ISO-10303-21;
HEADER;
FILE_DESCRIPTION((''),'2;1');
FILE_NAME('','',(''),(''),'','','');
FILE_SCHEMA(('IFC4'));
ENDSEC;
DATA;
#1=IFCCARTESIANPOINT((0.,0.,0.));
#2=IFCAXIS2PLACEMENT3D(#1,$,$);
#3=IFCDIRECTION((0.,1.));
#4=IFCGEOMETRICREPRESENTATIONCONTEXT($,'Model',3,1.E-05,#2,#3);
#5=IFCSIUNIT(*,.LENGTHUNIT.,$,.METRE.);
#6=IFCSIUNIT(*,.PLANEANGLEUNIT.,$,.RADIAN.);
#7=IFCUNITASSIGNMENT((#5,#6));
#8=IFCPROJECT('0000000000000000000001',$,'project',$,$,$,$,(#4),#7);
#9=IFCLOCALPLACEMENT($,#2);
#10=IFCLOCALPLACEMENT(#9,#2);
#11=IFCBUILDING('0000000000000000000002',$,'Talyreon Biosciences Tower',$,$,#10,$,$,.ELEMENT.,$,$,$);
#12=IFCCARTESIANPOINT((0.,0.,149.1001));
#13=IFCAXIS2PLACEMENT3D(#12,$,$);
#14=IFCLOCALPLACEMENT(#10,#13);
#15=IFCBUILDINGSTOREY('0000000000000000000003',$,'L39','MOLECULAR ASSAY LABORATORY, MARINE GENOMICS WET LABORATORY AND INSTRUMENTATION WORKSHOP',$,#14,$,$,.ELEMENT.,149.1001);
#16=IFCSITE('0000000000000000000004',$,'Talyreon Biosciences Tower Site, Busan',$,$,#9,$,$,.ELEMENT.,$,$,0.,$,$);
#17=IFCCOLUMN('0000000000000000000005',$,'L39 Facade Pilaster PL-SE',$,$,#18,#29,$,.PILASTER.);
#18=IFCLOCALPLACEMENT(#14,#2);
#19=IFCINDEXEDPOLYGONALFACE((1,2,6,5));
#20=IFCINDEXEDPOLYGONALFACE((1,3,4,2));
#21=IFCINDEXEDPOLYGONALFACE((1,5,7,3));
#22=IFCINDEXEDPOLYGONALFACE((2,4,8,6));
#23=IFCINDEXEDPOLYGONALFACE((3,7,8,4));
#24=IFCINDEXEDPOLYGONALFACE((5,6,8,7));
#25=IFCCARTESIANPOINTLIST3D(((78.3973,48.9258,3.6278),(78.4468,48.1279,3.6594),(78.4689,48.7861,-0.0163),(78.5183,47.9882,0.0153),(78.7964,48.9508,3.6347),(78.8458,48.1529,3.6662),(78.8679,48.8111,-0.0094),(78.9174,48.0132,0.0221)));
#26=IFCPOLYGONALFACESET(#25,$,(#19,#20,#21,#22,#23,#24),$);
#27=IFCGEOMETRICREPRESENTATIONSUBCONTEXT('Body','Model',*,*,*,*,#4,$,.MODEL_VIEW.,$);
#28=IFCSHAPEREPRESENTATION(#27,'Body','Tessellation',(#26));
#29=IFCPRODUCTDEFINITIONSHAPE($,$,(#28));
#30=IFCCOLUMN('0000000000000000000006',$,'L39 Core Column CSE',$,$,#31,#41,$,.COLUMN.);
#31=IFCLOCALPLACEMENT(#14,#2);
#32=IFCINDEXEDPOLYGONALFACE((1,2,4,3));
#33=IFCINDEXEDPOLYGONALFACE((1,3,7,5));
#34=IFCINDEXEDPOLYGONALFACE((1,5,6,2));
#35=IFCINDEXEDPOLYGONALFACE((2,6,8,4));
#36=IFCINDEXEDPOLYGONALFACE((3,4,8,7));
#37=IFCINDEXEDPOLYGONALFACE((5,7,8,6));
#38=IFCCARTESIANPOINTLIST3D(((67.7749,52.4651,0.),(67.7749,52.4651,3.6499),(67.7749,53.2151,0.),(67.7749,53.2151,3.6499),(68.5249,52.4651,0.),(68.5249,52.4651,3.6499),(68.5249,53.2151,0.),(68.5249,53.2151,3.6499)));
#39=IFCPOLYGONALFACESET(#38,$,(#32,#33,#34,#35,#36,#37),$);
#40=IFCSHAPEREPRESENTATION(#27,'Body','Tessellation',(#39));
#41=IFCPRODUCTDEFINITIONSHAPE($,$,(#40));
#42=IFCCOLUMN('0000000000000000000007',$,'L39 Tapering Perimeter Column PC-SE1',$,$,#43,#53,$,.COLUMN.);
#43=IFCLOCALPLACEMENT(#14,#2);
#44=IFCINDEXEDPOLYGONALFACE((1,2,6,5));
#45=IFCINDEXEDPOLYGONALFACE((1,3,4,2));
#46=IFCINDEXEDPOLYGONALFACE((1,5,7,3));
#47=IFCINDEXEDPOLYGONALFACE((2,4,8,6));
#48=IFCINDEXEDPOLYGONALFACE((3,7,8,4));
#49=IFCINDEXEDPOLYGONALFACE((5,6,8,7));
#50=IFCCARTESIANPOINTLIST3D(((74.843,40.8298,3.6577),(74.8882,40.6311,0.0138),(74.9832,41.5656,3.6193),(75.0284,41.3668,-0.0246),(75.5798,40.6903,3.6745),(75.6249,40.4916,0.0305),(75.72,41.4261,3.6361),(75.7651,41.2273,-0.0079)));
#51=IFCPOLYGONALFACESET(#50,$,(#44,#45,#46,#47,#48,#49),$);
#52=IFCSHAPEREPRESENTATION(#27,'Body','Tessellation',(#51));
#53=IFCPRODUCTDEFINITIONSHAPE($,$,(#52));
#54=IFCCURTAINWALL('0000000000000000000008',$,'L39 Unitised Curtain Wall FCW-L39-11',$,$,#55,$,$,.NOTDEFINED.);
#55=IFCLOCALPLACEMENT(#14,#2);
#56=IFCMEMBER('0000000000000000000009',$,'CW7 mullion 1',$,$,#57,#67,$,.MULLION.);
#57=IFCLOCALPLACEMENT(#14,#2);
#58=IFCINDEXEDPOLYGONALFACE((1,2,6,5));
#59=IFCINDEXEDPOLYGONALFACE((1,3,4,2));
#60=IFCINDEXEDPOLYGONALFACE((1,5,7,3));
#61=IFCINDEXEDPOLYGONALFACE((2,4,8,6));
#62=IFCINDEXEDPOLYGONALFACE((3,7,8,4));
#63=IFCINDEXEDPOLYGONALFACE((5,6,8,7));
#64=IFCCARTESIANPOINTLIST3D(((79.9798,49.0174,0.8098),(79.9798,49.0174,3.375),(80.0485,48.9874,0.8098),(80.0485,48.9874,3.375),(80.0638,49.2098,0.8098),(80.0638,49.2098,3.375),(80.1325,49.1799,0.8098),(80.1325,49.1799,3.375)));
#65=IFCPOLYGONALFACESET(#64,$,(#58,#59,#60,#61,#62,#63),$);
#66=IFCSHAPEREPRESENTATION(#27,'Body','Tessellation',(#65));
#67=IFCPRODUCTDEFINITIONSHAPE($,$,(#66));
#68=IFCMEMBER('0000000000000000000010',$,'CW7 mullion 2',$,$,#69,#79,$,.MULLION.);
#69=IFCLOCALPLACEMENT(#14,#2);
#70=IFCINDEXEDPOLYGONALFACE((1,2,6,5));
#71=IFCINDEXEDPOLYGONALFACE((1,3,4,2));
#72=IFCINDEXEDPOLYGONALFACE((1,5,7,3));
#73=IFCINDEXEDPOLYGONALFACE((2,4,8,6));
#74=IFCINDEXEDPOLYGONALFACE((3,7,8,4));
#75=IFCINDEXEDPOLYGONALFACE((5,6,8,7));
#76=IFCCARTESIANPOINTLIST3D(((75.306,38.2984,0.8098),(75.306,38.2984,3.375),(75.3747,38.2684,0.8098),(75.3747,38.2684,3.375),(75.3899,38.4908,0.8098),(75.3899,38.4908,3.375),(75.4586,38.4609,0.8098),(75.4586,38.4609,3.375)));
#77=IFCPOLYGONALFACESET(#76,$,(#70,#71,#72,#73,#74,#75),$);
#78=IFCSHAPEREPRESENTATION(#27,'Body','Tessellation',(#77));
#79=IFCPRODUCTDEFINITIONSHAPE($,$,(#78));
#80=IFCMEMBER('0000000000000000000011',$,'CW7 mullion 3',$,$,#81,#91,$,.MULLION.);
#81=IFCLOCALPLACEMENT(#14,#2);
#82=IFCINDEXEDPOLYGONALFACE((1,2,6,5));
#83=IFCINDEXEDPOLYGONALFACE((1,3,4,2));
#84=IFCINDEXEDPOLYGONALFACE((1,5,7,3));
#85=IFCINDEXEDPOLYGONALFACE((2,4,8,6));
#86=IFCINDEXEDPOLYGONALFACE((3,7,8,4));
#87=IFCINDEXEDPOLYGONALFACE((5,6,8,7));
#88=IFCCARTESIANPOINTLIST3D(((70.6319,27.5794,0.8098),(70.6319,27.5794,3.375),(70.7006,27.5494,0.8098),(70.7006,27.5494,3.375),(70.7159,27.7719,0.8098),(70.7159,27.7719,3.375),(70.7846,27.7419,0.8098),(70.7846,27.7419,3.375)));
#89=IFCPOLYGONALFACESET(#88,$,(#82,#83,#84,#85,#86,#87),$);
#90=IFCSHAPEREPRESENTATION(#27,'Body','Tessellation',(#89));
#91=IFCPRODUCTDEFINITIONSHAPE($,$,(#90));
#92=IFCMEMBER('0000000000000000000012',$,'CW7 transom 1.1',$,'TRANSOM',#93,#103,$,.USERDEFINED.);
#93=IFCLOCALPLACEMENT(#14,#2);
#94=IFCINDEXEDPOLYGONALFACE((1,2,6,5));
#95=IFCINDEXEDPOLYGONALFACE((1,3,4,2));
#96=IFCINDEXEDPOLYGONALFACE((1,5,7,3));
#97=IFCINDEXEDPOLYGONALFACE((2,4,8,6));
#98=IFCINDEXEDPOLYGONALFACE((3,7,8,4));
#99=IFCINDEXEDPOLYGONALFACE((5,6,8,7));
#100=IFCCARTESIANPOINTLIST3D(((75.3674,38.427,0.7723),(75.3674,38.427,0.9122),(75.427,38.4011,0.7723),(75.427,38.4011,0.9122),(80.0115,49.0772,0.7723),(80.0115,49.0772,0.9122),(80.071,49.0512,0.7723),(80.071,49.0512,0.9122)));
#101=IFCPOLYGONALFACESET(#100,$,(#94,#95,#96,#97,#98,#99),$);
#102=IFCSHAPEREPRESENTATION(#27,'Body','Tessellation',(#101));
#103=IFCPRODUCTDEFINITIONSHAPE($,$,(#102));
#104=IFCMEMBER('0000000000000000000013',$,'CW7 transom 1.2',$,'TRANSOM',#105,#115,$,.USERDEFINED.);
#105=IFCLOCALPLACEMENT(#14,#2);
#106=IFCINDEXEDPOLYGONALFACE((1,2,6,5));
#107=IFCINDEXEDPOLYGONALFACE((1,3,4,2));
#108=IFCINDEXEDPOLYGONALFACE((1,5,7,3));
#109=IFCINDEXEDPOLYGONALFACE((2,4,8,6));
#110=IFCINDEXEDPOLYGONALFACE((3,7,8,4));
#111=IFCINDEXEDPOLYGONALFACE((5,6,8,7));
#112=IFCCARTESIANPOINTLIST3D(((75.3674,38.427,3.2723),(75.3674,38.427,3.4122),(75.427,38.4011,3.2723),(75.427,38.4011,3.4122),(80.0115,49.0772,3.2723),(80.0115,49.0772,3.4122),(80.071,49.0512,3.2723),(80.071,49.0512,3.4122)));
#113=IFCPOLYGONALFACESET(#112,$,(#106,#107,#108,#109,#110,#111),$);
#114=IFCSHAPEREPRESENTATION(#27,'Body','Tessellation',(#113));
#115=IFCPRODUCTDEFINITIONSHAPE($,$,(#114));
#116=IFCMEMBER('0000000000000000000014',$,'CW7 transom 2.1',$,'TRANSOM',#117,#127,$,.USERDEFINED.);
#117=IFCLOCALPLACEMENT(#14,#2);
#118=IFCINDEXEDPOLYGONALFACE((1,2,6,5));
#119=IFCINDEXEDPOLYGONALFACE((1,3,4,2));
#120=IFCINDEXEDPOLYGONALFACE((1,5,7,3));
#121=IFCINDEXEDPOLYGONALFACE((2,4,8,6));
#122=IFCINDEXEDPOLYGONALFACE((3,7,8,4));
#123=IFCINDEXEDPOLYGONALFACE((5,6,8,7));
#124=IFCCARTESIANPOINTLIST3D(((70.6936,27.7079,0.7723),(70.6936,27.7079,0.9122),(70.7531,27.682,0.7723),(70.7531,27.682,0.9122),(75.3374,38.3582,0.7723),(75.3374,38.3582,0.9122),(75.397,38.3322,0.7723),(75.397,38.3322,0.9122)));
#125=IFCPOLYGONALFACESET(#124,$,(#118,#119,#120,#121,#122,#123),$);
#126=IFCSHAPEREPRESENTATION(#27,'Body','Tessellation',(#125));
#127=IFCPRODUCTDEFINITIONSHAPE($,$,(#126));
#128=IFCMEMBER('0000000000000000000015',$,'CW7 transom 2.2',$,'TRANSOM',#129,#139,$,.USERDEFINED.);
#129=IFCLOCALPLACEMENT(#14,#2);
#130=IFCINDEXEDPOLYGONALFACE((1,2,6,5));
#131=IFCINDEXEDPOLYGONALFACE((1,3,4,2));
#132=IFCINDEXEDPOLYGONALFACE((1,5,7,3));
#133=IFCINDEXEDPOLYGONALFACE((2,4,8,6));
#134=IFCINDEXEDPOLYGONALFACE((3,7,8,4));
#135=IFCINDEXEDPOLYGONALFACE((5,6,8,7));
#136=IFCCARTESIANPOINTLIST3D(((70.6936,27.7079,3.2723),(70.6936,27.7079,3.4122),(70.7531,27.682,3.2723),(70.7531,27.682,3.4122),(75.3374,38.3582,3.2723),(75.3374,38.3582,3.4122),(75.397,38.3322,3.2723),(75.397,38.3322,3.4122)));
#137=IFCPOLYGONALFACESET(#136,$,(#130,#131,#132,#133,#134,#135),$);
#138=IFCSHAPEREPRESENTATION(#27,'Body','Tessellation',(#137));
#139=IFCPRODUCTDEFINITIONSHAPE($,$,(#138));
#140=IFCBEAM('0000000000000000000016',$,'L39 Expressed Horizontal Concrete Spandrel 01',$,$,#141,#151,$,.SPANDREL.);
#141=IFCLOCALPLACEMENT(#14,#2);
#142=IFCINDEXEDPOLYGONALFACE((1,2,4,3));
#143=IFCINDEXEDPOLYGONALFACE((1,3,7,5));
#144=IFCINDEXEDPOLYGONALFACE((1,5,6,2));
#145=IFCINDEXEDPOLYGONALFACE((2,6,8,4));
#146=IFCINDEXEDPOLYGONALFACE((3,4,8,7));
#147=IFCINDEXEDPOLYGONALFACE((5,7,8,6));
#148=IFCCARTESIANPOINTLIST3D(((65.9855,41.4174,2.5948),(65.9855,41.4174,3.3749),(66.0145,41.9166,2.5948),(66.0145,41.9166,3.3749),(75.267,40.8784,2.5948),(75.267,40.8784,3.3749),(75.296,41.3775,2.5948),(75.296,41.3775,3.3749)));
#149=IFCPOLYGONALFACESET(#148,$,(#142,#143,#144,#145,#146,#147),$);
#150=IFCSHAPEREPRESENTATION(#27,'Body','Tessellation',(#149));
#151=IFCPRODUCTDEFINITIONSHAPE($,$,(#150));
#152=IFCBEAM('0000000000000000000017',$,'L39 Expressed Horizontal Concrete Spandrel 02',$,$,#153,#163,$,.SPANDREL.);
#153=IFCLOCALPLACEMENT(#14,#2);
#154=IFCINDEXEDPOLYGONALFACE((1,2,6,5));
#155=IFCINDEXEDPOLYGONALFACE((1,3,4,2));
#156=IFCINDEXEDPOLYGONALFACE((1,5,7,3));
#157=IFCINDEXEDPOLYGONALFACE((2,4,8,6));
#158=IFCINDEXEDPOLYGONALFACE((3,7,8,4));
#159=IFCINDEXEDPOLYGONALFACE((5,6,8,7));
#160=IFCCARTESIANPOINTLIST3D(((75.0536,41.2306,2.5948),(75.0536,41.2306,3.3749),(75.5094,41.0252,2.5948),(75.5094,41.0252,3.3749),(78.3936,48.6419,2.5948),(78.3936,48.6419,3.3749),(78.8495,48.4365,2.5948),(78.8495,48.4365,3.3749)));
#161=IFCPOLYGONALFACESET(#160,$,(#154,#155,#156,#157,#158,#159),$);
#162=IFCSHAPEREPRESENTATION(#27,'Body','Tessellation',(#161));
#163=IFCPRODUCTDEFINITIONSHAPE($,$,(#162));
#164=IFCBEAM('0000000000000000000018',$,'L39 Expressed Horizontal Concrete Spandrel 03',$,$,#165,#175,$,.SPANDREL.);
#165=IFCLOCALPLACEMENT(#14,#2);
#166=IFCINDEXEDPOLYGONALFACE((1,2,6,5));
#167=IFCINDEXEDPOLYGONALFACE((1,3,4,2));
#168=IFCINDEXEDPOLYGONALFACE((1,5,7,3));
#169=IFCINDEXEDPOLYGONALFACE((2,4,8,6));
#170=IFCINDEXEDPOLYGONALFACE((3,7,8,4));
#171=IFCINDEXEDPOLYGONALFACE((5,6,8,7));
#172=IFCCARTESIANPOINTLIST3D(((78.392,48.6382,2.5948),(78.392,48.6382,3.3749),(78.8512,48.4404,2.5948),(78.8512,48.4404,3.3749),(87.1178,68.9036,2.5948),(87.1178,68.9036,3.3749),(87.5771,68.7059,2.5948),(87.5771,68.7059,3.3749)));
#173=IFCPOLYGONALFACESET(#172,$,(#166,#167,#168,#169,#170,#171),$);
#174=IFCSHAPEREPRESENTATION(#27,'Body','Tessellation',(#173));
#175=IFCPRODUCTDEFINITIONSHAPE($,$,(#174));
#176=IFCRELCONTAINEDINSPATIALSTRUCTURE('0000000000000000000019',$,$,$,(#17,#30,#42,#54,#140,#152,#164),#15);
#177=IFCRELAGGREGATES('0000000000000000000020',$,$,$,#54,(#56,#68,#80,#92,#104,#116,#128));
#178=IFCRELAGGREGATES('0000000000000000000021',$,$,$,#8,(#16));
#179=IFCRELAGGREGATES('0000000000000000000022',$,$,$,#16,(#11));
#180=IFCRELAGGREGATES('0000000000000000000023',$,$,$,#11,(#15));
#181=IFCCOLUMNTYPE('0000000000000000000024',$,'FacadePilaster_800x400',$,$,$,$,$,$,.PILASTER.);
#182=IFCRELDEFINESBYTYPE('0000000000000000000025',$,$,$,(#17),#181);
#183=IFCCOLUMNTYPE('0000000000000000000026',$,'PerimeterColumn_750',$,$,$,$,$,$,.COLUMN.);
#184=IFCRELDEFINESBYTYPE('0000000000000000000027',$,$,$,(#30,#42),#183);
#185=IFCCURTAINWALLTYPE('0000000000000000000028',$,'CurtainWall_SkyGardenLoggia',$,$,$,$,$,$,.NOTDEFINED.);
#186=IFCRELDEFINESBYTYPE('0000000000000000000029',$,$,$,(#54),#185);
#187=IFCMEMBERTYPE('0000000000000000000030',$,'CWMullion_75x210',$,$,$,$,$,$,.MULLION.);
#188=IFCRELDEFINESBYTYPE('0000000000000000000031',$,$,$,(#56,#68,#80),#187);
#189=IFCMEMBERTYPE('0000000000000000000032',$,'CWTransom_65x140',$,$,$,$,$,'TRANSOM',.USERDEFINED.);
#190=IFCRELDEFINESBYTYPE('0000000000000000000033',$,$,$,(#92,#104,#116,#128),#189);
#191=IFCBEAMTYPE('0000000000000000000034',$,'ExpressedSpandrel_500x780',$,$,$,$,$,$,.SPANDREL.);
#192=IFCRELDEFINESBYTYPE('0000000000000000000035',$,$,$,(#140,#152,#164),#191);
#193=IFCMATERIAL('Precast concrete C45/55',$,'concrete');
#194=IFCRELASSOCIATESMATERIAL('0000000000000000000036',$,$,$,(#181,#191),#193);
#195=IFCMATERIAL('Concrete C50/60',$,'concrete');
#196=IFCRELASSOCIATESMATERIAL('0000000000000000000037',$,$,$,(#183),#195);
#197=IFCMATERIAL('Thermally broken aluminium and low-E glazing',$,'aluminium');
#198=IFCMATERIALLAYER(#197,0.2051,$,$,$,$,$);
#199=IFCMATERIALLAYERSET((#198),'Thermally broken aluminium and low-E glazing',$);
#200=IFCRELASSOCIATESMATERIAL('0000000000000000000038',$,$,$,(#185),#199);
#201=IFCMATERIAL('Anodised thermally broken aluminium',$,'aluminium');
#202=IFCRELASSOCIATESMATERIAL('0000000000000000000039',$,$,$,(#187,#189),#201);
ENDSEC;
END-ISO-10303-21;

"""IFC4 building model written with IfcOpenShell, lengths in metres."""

from ifc_helpers import new_model, si_unit, direction, frame, origin, origin_2d, place, context, subcontext, project, spatial, rectangle, extrude, material, layer, layer_set, material_profile, profile_set, type_object, element, aggregate, save


model = new_model("IFC4")

# Units and contexts
model_context = context("Model", 3, precision=1e-05, world=origin(), true_north=direction((0.0, 1.0)))
body_context = subcontext(model_context, "Body", "Model", "MODEL_VIEW")
ifc_project = project(units=[si_unit("LENGTHUNIT", "METRE"), si_unit("PLANEANGLEUNIT", "RADIAN")], contexts=[model_context])

# Site, building, storey
site_placement = place(None, origin())
site = spatial("IfcSite", under=ifc_project, at=site_placement, Name="Talyreon Biosciences Tower Site, Busan", CompositionType="ELEMENT", RefElevation=0.0)
building_placement = place(site_placement, origin())
building = spatial("IfcBuilding", under=site, at=building_placement, Name="Talyreon Biosciences Tower", CompositionType="ELEMENT")
storey_placement = place(building_placement, frame((0.0, 0.0, 149.1001)))
storey = spatial("IfcBuildingStorey", under=building, at=storey_placement, Name="L39", Description="MOLECULAR ASSAY LABORATORY, MARINE GENOMICS WET LABORATORY AND INSTRUMENTATION WORKSHOP", CompositionType="ELEMENT", Elevation=149.1001)

# Columns
ifc_material_1 = material(Name="Precast concrete C45/55", Category="concrete")
ifc_material_profile_1 = material_profile(ifc_material_1, rectangle(XDim=0.8, YDim=0.3999, at=origin_2d()), Name="RC 800x400")
ifc_profile_set_1 = profile_set([ifc_material_profile_1], Name="Precast concrete C45/55")
column_type_1 = type_object("IfcColumnType", Name="FacadePilaster_800x400", PredefinedType="PILASTER", material=ifc_profile_set_1)
column_1_placement = place(storey_placement, frame((78.6931, 48.3997, 0.0029), z_axis=(-0.019612, 0.038287, 0.999074), x_axis=(0.061781, -0.997311, 0.039432)))
element("IfcColumn", 1, at=column_1_placement, inside=storey, type_object=column_type_1, Name="L39 Facade Pilaster PL-SE", PredefinedType="PILASTER", context=body_context, shape_type="SweptSolid", body=[
    extrude(rectangle(XDim=0.8, YDim=0.3999, at=origin_2d()), origin(), (0.0, 0.0, 1.0), 3.6475),
])
ifc_material_2 = material(Name="Concrete C50/60", Category="concrete")
ifc_material_profile_2 = material_profile(ifc_material_2, rectangle(XDim=0.75, YDim=0.75, at=origin_2d()), Name="RC 750x750")
ifc_profile_set_2 = profile_set([ifc_material_profile_2], Name="Concrete C50/60")
column_type_2 = type_object("IfcColumnType", Name="PerimeterColumn_750", PredefinedType="COLUMN", material=ifc_profile_set_2)
column_2_placement = place(storey_placement, frame((68.1499, 52.8401, 0.0), z_axis=(0.0, 0.0, 1.0), x_axis=(1.0, 0.0, 0.0)))
element("IfcColumn", 2, at=column_2_placement, inside=storey, type_object=column_type_2, Name="L39 Core Column CSE", PredefinedType="COLUMN", context=body_context, shape_type="SweptSolid", body=[
    extrude(rectangle(XDim=0.75, YDim=0.75, at=origin_2d()), origin(), (0.0, 0.0, 1.0), 3.6499),
])
column_3_placement = place(storey_placement, frame((75.3267, 40.9292, 0.0029), z_axis=(-0.012375, 0.054451, 0.99844), x_axis=(-0.186922, -0.98104, 0.051185)))
element("IfcColumn", 3, at=column_3_placement, inside=storey, type_object=column_type_2, Name="L39 Tapering Perimeter Column PC-SE1", PredefinedType="COLUMN", context=body_context, shape_type="SweptSolid", body=[
    extrude(rectangle(XDim=0.75, YDim=0.75, at=origin_2d()), origin(), (0.0, 0.0, 1.0), 3.6497),
])

# Curtain wall, members
ifc_material_3 = material(Name="Thermally broken aluminium and low-E glazing", Category="aluminium")
ifc_layer_1 = layer(ifc_material_3, 0.2051)
ifc_layer_set_1 = layer_set([ifc_layer_1], Name="Thermally broken aluminium and low-E glazing")
curtain_wall_type = type_object("IfcCurtainWallType", Name="CurtainWall_SkyGardenLoggia", PredefinedType="NOTDEFINED", material=ifc_layer_set_1)
curtain_wall_placement = place(storey_placement, origin())
curtain_wall = element("IfcCurtainWall", 4, at=curtain_wall_placement, inside=storey, type_object=curtain_wall_type, Name="L39 Unitised Curtain Wall FCW-L39-11", PredefinedType="NOTDEFINED")
ifc_material_4 = material(Name="Anodised thermally broken aluminium", Category="aluminium")
ifc_material_profile_3 = material_profile(ifc_material_4, rectangle(XDim=0.075, YDim=0.21, at=origin_2d()), Name="ALUM MULLION 75x210")
ifc_profile_set_3 = profile_set([ifc_material_profile_3], Name="Anodised thermally broken aluminium")
member_type_1 = type_object("IfcMemberType", Name="CWMullion_75x210", PredefinedType="MULLION", material=ifc_profile_set_3)
member_1_placement = place(storey_placement, frame((80.0562, 49.0986, 0.8098), z_axis=(0.0, 0.0, 1.0), x_axis=(0.916647, -0.399698, 0.0)))
member_1 = element("IfcMember", 5, at=member_1_placement, type_object=member_type_1, Name="CW7 mullion 1", PredefinedType="MULLION", context=body_context, shape_type="SweptSolid", body=[
    extrude(rectangle(XDim=0.075, YDim=0.21, at=origin_2d()), origin(), (0.0, 0.0, 1.0), 2.5652),
])
member_2_placement = place(storey_placement, frame((75.3823, 38.3796, 0.8098), z_axis=(0.0, 0.0, 1.0), x_axis=(0.916647, -0.399698, 0.0)))
member_2 = element("IfcMember", 6, at=member_2_placement, type_object=member_type_1, Name="CW7 mullion 2", PredefinedType="MULLION", context=body_context, shape_type="SweptSolid", body=[
    extrude(rectangle(XDim=0.075, YDim=0.21, at=origin_2d()), origin(), (0.0, 0.0, 1.0), 2.5652),
])
member_3_placement = place(storey_placement, frame((70.7083, 27.6606, 0.8098), z_axis=(0.0, 0.0, 1.0), x_axis=(0.916647, -0.399698, 0.0)))
member_3 = element("IfcMember", 7, at=member_3_placement, type_object=member_type_1, Name="CW7 mullion 3", PredefinedType="MULLION", context=body_context, shape_type="SweptSolid", body=[
    extrude(rectangle(XDim=0.075, YDim=0.21, at=origin_2d()), origin(), (0.0, 0.0, 1.0), 2.5652),
])
ifc_material_profile_4 = material_profile(ifc_material_4, rectangle(XDim=0.0649, YDim=0.1399, at=origin_2d()), Name="ALUM TRANSOM 65x140")
ifc_profile_set_4 = profile_set([ifc_material_profile_4], Name="Anodised thermally broken aluminium")
member_type_2 = type_object("IfcMemberType", Name="CWTransom_65x140", ElementType="TRANSOM", PredefinedType="USERDEFINED", material=ifc_profile_set_4)
member_4_placement = place(storey_placement, frame((80.0413, 49.0642, 0.8423), z_axis=(-0.399706, -0.916643, 0.0), x_axis=(0.916643, -0.399706, 0.0)))
member_4 = element("IfcMember", 8, at=member_4_placement, type_object=member_type_2, Name="CW7 transom 1.1", ObjectType="TRANSOM", PredefinedType="USERDEFINED", context=body_context, shape_type="SweptSolid", body=[
    extrude(rectangle(XDim=0.0649, YDim=0.1399, at=origin_2d()), origin(), (0.0, 0.0, 1.0), 11.6187),
])
member_5_placement = place(storey_placement, frame((80.0413, 49.0642, 3.3423), z_axis=(-0.399706, -0.916643, 0.0), x_axis=(0.916643, -0.399706, 0.0)))
member_5 = element("IfcMember", 9, at=member_5_placement, type_object=member_type_2, Name="CW7 transom 1.2", ObjectType="TRANSOM", PredefinedType="USERDEFINED", context=body_context, shape_type="SweptSolid", body=[
    extrude(rectangle(XDim=0.0649, YDim=0.1399, at=origin_2d()), origin(), (0.0, 0.0, 1.0), 11.6187),
])
member_6_placement = place(storey_placement, frame((75.3672, 38.3452, 0.8423), z_axis=(-0.399689, -0.916651, 0.0), x_axis=(0.916651, -0.399689, 0.0)))
member_6 = element("IfcMember", 10, at=member_6_placement, type_object=member_type_2, Name="CW7 transom 2.1", ObjectType="TRANSOM", PredefinedType="USERDEFINED", context=body_context, shape_type="SweptSolid", body=[
    extrude(rectangle(XDim=0.0649, YDim=0.1399, at=origin_2d()), origin(), (0.0, 0.0, 1.0), 11.6187),
])
member_7_placement = place(storey_placement, frame((75.3672, 38.3452, 3.3423), z_axis=(-0.399689, -0.916651, 0.0), x_axis=(0.916651, -0.399689, 0.0)))
member_7 = element("IfcMember", 11, at=member_7_placement, type_object=member_type_2, Name="CW7 transom 2.2", ObjectType="TRANSOM", PredefinedType="USERDEFINED", context=body_context, shape_type="SweptSolid", body=[
    extrude(rectangle(XDim=0.0649, YDim=0.1399, at=origin_2d()), origin(), (0.0, 0.0, 1.0), 11.6187),
])

# Beams
ifc_material_profile_5 = material_profile(ifc_material_1, rectangle(XDim=0.5, YDim=0.78, at=origin_2d()), Name="RCB 500x780")
ifc_profile_set_5 = profile_set([ifc_material_profile_5], Name="Precast concrete C45/55")
beam_type_1 = type_object("IfcBeamType", Name="ExpressedSpandrel_500x780", PredefinedType="SPANDREL", material=ifc_profile_set_5)
beam_1_placement = place(storey_placement, frame((66.0, 41.667, 2.9849), z_axis=(0.998318, -0.057982, 0.0), x_axis=(0.057982, 0.998318, 0.0)))
element("IfcBeam", 12, at=beam_1_placement, inside=storey, type_object=beam_type_1, Name="L39 Expressed Horizontal Concrete Spandrel 01", PredefinedType="SPANDREL", context=body_context, shape_type="SweptSolid", body=[
    extrude(rectangle(XDim=0.5, YDim=0.78, at=origin_2d()), origin(), (0.0, 0.0, 1.0), 9.2971),
])
beam_2_placement = place(storey_placement, frame((75.2815, 41.1279, 2.9849), z_axis=(0.410873, 0.911693, 0.0), x_axis=(-0.911693, 0.410873, 0.0)))
element("IfcBeam", 13, at=beam_2_placement, inside=storey, type_object=beam_type_1, Name="L39 Expressed Horizontal Concrete Spandrel 02", PredefinedType="SPANDREL", context=body_context, shape_type="SweptSolid", body=[
    extrude(rectangle(XDim=0.5, YDim=0.78, at=origin_2d()), origin(), (0.0, 0.0, 1.0), 8.1292),
])
beam_3_placement = place(storey_placement, frame((78.6216, 48.5393, 2.9849), z_axis=(0.395476, 0.918476, 0.0), x_axis=(-0.918476, 0.395476, 0.0)))
element("IfcBeam", 14, at=beam_3_placement, inside=storey, type_object=beam_type_1, Name="L39 Expressed Horizontal Concrete Spandrel 03", PredefinedType="SPANDREL", context=body_context, shape_type="SweptSolid", body=[
    extrude(rectangle(XDim=0.5, YDim=0.78, at=origin_2d()), origin(), (0.0, 0.0, 1.0), 22.0642),
])

aggregate(curtain_wall, [member_1, member_2, member_3, member_4, member_5, member_6, member_7])

save(model, "model.ifc")
